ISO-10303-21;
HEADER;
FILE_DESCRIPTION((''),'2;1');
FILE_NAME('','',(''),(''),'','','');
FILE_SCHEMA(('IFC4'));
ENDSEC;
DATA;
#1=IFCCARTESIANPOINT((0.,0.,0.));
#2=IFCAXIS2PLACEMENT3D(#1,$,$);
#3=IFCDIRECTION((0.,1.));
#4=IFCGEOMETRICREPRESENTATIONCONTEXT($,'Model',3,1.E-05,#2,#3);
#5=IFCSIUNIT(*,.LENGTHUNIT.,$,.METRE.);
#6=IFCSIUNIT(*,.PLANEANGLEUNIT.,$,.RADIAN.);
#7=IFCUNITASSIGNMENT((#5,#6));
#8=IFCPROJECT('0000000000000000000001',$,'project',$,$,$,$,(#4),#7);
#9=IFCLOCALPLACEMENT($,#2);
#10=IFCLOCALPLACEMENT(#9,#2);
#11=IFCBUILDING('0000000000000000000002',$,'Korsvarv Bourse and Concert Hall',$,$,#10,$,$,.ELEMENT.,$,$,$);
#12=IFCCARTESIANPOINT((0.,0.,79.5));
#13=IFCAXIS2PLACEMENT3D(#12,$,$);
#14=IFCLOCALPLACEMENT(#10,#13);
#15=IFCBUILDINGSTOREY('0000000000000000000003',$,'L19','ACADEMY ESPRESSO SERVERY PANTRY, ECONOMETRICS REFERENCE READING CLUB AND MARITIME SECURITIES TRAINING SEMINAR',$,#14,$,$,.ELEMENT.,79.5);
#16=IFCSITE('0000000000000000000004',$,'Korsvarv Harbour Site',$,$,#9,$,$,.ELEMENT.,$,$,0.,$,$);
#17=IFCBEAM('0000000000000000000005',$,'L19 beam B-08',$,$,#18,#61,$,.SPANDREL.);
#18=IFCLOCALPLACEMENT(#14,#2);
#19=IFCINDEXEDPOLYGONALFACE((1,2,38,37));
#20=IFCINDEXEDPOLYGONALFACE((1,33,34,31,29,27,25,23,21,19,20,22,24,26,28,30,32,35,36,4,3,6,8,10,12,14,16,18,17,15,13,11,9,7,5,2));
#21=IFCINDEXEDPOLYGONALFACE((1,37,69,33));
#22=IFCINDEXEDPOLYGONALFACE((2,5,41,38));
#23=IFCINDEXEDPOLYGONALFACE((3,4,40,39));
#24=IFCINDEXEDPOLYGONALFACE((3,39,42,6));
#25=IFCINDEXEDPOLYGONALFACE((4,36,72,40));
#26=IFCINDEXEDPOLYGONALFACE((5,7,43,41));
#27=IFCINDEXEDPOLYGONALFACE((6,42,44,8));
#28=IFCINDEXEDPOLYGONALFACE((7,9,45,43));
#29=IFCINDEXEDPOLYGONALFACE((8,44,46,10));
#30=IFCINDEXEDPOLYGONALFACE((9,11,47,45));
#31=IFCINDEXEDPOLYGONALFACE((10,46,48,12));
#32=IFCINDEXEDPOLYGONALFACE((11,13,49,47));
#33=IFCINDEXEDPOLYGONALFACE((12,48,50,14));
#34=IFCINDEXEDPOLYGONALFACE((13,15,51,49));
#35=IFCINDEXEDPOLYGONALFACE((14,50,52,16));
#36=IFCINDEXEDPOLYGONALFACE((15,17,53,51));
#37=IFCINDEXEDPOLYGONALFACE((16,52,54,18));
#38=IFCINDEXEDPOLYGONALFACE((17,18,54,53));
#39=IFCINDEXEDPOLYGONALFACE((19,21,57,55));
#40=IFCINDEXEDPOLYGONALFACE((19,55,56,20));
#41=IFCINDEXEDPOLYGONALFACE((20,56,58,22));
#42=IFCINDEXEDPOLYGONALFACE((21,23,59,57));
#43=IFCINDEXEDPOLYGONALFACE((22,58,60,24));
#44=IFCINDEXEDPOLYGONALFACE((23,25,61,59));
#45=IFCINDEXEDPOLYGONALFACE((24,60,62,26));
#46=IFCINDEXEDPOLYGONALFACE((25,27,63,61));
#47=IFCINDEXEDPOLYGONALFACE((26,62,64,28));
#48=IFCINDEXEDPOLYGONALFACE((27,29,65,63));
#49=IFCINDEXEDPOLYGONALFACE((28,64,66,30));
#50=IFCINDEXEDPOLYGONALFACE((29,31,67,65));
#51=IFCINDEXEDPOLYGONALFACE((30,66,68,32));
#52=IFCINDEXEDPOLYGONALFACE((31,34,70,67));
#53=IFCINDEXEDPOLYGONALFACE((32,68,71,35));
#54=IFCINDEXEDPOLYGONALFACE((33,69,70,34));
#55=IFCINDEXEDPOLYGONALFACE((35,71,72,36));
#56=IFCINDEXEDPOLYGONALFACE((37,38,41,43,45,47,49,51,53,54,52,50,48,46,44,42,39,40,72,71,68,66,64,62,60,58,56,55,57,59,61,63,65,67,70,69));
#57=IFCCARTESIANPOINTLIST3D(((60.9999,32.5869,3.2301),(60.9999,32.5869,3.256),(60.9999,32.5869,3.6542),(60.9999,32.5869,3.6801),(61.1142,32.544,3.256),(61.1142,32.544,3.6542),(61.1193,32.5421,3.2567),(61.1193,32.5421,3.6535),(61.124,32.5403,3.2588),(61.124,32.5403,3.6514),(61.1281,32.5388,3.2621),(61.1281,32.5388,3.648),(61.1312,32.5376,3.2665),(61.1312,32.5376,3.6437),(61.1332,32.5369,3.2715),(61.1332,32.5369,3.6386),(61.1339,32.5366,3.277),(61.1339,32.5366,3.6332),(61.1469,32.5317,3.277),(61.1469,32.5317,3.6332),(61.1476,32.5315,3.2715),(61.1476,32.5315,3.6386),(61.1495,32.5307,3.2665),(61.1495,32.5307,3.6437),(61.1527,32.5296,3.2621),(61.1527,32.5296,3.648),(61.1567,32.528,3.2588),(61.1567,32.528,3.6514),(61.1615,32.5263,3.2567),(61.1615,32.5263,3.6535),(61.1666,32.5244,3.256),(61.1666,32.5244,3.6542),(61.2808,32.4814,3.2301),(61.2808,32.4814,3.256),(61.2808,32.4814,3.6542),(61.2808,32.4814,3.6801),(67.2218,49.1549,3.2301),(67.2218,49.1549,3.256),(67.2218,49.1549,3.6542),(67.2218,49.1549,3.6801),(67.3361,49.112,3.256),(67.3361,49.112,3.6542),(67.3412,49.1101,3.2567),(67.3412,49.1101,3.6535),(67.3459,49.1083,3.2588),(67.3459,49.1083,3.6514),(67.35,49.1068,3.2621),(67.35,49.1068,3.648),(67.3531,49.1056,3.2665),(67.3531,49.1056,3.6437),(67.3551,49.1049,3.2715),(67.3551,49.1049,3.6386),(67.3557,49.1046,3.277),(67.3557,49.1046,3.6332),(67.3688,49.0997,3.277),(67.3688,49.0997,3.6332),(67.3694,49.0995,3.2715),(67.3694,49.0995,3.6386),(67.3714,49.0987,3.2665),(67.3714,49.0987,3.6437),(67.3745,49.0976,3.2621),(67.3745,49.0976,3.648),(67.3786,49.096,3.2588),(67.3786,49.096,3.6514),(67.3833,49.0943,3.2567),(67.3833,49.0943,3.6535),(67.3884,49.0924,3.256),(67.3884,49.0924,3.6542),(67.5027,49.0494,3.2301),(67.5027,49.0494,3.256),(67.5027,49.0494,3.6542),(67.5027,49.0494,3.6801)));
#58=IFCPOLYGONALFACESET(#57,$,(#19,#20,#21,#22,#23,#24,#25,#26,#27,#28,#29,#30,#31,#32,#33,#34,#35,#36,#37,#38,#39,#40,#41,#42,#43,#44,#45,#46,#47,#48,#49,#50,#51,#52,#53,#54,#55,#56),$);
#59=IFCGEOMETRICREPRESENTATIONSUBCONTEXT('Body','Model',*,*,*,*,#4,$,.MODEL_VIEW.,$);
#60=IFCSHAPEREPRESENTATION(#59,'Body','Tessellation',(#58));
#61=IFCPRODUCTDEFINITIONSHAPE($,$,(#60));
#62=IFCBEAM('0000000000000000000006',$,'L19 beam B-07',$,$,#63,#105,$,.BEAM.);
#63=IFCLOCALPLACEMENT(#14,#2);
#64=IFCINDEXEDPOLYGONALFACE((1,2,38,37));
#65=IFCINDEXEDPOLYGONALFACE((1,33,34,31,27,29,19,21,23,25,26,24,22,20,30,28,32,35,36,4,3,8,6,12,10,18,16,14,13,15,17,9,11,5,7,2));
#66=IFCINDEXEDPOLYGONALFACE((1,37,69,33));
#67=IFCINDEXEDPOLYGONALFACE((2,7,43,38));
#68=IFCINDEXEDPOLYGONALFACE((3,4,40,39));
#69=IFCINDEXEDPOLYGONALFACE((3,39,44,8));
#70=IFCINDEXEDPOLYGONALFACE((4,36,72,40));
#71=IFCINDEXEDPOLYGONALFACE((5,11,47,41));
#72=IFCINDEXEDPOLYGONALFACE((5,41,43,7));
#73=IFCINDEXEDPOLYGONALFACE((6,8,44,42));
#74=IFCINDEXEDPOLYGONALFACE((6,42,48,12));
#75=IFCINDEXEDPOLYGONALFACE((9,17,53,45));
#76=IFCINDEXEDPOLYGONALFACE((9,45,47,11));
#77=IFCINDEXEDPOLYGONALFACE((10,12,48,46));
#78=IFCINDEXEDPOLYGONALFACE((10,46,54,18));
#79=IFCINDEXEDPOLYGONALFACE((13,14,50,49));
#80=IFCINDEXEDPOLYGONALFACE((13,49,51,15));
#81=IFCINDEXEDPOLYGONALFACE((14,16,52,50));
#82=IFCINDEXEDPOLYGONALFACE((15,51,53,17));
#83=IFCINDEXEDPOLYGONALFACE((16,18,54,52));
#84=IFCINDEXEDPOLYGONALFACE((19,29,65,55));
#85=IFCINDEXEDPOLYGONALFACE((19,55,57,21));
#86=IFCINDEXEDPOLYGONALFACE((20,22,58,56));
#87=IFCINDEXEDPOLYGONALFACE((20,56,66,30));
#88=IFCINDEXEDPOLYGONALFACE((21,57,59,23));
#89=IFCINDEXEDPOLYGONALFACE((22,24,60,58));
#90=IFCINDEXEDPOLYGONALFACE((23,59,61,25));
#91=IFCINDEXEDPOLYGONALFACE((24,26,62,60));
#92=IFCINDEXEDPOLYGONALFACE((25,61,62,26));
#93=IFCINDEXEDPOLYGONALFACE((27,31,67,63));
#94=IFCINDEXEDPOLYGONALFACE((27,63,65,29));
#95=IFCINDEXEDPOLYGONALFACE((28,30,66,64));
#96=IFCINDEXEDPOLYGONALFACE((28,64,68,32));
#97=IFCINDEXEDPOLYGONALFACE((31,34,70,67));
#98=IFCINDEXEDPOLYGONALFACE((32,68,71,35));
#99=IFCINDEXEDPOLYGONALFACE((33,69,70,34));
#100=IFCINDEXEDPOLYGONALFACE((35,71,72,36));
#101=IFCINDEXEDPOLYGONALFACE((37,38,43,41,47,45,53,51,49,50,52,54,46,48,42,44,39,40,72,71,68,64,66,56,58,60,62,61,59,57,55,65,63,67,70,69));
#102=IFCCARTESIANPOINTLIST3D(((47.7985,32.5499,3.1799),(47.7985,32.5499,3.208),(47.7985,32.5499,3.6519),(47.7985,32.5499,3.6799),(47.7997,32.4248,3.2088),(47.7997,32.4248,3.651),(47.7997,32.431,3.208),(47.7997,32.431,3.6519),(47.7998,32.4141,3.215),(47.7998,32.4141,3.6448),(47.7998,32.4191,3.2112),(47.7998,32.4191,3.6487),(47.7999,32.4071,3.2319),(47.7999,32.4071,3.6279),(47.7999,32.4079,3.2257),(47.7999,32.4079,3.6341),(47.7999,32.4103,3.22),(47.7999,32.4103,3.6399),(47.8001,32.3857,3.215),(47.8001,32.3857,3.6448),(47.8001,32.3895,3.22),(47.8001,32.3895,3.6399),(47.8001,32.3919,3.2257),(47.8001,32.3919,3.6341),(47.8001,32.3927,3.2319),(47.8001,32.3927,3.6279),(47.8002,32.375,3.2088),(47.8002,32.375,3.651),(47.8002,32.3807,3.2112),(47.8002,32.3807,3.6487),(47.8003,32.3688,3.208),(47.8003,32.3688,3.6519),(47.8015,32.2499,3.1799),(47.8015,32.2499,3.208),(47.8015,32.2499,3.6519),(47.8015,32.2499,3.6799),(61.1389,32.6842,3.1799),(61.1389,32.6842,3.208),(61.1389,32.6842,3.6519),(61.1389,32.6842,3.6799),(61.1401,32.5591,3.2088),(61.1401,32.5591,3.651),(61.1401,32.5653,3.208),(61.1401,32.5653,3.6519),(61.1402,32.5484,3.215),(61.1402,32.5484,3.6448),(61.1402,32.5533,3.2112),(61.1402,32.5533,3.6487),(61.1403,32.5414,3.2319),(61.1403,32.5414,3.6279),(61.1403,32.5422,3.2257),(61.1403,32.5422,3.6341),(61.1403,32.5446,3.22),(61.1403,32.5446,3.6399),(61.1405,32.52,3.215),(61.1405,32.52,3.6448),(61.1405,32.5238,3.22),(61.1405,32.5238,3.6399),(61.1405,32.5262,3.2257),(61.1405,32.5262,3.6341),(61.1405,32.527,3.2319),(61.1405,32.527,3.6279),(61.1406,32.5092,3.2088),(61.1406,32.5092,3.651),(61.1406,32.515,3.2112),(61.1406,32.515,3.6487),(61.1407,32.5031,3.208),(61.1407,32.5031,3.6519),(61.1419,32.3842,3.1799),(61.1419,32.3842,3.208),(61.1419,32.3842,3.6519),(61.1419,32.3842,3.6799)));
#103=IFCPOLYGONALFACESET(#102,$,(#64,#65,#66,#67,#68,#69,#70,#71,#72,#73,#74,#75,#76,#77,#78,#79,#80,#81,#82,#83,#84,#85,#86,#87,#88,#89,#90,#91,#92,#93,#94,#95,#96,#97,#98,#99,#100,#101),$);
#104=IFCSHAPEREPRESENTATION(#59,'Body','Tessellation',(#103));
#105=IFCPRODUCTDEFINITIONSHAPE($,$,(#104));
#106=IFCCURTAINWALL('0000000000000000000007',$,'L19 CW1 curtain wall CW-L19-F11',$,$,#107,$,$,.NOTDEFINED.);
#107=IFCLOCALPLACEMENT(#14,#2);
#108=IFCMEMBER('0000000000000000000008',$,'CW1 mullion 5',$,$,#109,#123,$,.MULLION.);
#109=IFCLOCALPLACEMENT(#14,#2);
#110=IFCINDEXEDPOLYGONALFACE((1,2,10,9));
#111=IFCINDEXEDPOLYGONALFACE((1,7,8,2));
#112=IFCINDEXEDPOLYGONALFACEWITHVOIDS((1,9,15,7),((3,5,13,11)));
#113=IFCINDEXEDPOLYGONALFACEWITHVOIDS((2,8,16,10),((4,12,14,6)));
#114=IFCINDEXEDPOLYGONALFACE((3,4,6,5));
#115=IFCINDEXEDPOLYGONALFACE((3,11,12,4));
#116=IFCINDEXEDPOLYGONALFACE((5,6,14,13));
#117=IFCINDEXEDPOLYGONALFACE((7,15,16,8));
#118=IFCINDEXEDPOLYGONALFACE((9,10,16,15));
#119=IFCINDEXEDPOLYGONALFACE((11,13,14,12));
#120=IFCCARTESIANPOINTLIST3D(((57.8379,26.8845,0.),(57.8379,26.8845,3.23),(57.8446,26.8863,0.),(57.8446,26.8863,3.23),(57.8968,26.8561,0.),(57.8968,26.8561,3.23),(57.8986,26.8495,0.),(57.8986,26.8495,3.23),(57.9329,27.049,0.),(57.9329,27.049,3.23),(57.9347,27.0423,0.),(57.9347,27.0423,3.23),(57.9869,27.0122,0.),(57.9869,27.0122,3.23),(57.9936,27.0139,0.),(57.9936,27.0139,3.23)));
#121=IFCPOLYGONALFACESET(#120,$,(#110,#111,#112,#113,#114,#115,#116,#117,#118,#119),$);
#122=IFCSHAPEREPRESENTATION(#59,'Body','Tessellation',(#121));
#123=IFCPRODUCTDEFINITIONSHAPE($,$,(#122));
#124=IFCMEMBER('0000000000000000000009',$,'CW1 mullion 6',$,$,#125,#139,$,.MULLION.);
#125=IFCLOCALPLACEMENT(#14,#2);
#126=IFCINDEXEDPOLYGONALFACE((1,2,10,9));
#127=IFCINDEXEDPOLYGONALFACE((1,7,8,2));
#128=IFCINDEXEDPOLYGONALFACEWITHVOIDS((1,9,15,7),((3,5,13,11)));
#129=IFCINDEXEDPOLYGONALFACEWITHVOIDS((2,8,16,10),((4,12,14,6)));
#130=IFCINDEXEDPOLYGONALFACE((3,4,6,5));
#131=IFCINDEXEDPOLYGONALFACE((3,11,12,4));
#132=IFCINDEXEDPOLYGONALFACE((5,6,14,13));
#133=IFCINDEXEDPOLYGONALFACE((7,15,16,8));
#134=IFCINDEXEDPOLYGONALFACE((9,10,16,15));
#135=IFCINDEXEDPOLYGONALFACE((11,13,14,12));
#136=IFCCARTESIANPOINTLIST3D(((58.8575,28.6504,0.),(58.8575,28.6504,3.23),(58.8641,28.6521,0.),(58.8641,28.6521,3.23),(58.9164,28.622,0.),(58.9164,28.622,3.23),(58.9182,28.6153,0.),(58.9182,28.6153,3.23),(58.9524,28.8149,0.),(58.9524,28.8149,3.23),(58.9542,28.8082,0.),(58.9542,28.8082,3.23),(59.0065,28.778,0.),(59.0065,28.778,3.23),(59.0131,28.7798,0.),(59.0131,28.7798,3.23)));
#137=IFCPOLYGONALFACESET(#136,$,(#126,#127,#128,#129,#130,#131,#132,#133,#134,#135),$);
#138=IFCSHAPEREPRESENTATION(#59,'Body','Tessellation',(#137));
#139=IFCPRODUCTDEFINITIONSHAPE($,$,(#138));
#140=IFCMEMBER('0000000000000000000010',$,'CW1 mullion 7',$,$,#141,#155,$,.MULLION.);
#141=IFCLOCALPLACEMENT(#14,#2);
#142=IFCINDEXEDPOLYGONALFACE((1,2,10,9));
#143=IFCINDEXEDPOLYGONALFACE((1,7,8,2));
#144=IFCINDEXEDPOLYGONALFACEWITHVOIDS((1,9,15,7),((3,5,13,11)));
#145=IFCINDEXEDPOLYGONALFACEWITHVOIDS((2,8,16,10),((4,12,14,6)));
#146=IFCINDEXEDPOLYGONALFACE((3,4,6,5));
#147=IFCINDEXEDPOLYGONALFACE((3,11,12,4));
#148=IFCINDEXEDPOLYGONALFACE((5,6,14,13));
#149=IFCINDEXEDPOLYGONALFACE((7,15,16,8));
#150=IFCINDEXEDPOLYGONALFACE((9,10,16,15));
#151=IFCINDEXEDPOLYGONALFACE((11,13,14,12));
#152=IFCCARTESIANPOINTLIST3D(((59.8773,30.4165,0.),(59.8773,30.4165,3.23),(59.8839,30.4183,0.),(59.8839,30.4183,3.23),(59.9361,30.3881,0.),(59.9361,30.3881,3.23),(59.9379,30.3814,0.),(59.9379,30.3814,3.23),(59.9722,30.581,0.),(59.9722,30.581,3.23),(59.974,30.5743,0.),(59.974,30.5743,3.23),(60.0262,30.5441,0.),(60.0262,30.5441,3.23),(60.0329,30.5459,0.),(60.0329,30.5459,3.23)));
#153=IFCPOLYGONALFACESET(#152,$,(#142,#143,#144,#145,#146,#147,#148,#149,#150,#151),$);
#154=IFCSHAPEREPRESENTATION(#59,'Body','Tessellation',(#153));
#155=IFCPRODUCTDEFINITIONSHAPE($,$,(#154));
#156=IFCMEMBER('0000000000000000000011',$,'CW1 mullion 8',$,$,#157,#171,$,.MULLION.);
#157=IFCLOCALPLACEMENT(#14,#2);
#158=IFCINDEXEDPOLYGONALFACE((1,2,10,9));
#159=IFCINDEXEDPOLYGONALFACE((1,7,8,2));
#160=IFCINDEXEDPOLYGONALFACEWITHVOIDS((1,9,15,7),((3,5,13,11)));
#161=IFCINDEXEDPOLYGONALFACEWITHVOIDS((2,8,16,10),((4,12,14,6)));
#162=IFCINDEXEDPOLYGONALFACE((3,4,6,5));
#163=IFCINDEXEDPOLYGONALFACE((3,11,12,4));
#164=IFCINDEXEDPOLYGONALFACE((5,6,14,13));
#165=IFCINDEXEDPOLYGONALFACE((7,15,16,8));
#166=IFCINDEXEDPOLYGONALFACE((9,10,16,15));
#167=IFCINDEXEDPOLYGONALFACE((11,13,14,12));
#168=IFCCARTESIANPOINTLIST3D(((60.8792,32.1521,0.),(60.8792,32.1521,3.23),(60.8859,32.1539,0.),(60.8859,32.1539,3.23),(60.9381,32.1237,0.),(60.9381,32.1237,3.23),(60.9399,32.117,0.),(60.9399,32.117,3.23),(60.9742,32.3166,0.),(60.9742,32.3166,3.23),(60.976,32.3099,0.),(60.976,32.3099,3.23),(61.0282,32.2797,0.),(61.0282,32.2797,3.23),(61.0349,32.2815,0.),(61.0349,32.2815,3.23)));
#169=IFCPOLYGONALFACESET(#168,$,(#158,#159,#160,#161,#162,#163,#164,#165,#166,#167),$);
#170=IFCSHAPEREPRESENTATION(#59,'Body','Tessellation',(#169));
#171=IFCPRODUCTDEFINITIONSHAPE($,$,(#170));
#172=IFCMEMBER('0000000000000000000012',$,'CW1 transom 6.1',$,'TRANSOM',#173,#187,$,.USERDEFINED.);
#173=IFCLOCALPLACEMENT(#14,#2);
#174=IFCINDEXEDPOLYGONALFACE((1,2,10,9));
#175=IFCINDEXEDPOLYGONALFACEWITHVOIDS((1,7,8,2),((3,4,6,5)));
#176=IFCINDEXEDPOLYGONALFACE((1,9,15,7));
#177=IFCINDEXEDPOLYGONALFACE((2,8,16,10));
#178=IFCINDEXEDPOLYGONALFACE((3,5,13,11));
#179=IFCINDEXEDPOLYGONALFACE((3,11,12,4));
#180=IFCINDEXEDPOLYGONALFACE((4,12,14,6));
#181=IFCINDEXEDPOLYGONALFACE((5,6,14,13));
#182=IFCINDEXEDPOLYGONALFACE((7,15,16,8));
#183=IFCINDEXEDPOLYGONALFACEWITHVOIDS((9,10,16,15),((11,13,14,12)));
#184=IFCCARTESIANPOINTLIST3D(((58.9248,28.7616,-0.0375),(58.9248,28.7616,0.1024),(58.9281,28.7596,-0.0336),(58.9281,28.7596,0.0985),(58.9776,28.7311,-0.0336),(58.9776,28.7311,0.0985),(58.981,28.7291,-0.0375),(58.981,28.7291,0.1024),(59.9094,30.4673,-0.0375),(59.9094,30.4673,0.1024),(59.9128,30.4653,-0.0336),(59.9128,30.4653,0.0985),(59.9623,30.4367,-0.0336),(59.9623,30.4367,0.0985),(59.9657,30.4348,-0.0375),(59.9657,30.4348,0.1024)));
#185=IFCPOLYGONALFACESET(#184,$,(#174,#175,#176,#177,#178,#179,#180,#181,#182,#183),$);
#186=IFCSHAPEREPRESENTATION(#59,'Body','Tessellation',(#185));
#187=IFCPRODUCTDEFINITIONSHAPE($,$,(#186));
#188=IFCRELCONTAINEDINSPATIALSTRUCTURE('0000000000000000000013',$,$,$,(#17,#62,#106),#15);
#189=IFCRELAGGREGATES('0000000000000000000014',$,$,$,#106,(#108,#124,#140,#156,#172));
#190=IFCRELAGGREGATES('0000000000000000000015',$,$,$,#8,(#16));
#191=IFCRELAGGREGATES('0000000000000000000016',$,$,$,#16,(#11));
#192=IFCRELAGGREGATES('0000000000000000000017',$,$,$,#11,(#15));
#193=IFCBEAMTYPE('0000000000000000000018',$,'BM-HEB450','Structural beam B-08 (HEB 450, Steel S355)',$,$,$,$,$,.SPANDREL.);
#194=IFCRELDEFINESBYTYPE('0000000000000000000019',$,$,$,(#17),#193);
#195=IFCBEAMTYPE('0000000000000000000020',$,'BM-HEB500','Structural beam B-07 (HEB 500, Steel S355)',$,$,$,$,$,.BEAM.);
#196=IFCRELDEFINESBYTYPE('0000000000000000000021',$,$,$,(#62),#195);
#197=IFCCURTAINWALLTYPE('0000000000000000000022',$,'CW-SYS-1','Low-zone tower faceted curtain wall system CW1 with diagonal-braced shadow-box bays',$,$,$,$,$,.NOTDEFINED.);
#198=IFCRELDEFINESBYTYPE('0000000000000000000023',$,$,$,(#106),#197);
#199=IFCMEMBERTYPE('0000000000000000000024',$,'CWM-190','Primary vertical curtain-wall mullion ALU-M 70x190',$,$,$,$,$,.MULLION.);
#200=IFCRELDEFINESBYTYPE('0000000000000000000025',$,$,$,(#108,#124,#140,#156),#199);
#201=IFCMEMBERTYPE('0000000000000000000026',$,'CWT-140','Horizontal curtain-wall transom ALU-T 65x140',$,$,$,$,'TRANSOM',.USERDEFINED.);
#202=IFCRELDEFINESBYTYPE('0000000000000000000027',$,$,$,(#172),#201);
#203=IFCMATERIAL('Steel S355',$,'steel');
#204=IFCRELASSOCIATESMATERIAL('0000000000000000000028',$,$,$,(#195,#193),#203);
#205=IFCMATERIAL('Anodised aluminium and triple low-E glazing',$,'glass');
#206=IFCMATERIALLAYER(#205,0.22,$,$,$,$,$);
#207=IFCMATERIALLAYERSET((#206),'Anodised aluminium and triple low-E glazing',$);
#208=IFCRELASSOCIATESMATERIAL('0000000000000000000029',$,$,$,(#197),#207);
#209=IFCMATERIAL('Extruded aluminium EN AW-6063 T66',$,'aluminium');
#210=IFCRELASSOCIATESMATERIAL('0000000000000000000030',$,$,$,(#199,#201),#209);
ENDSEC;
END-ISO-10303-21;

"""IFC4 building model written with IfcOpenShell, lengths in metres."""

from ifc_helpers import new_model, si_unit, direction, frame, origin, origin_2d, place, context, subcontext, project, spatial, hollow_rectangle, i_section, extrude, source, transform, mapped, material, layer, layer_set, material_profile, profile_set, type_object, element, aggregate, save


model = new_model("IFC4")

# Units and contexts
model_context = context("Model", 3, precision=1e-05, world=origin(), true_north=direction((0.0, 1.0)))
body_context = subcontext(model_context, "Body", "Model", "MODEL_VIEW")
ifc_project = project(units=[si_unit("LENGTHUNIT", "METRE"), si_unit("PLANEANGLEUNIT", "RADIAN")], contexts=[model_context])

# Site, building, storey
site_placement = place(None, origin())
site = spatial("IfcSite", under=ifc_project, at=site_placement, Name="Korsvarv Harbour Site", CompositionType="ELEMENT", RefElevation=0.0)
building_placement = place(site_placement, origin())
building = spatial("IfcBuilding", under=site, at=building_placement, Name="Korsvarv Bourse and Concert Hall", CompositionType="ELEMENT")
storey_placement = place(building_placement, frame((0.0, 0.0, 79.5)))
storey = spatial("IfcBuildingStorey", under=building, at=storey_placement, Name="L19", Description="ACADEMY ESPRESSO SERVERY PANTRY, ECONOMETRICS REFERENCE READING CLUB AND MARITIME SECURITIES TRAINING SEMINAR", CompositionType="ELEMENT", Elevation=79.5)

# Beams
ifc_material_1 = material(Name="Steel S355", Category="steel")
ifc_material_profile_1 = material_profile(ifc_material_1, i_section(OverallWidth=0.3, OverallDepth=0.5, WebThickness=0.0144, FlangeThickness=0.0281, FilletRadius=0.0239, at=origin_2d()), Name="HEB 500")
ifc_profile_set_1 = profile_set([ifc_material_profile_1], Name="Steel S355")
beam_type_1 = type_object("IfcBeamType", Name="BM-HEB500", Description="Structural beam B-07 (HEB 500, Steel S355)", PredefinedType="BEAM", material=ifc_profile_set_1)
ifc_material_profile_2 = material_profile(ifc_material_1, i_section(OverallWidth=0.3, OverallDepth=0.45, WebThickness=0.0139, FlangeThickness=0.0259, FilletRadius=0.021, at=origin_2d()), Name="HEB 450")
ifc_profile_set_2 = profile_set([ifc_material_profile_2], Name="Steel S355")
beam_type_2 = type_object("IfcBeamType", Name="BM-HEB450", Description="Structural beam B-08 (HEB 450, Steel S355)", PredefinedType="SPANDREL", material=ifc_profile_set_2)
shared_shape_1 = source(origin(), body_context, "Body", "SweptSolid", [
    extrude(i_section(OverallWidth=0.3, OverallDepth=0.45, WebThickness=0.0139, FlangeThickness=0.0259, FilletRadius=0.021, at=origin_2d()), origin(), (0.0, 0.0, 1.0), 17.6978),
])
beam_1_placement = place(storey_placement, frame((61.1404, 32.5342, 3.4551), z_axis=(0.351563, 0.936164, 0.0), x_axis=(-0.936164, 0.351563, 0.0)))
element("IfcBeam", 1, at=beam_1_placement, inside=storey, type_object=beam_type_2, Name="L19 beam B-08", PredefinedType="SPANDREL", context=body_context, shape_type="MappedRepresentation", body=[
    mapped(shared_shape_1, transform((0.0, 0.0, 0.0), scale=1.0)),
])
shared_shape_2 = source(origin(), body_context, "Body", "SweptSolid", [
    extrude(i_section(OverallWidth=0.3, OverallDepth=0.5, WebThickness=0.0144, FlangeThickness=0.0281, FilletRadius=0.0239, at=origin_2d()), origin(), (0.0, 0.0, 1.0), 13.3411),
])
beam_2_placement = place(storey_placement, frame((61.1404, 32.5342, 3.4299), z_axis=(-0.999949, -0.010065, 0.0), x_axis=(0.010065, -0.999949, 0.0)))
element("IfcBeam", 2, at=beam_2_placement, inside=storey, type_object=beam_type_1, Name="L19 beam B-07", PredefinedType="BEAM", context=body_context, shape_type="MappedRepresentation", body=[
    mapped(shared_shape_2, transform((0.0, 0.0, 0.0), scale=1.0)),
])

# Curtain wall, members
ifc_material_2 = material(Name="Anodised aluminium and triple low-E glazing", Category="glass")
ifc_layer_1 = layer(ifc_material_2, 0.22)
ifc_layer_set_1 = layer_set([ifc_layer_1], Name="Anodised aluminium and triple low-E glazing")
curtain_wall_type = type_object("IfcCurtainWallType", Name="CW-SYS-1", Description="Low-zone tower faceted curtain wall system CW1 with diagonal-braced shadow-box bays", PredefinedType="NOTDEFINED", material=ifc_layer_set_1)
curtain_wall_placement = place(storey_placement, origin())
curtain_wall = element("IfcCurtainWall", 3, at=curtain_wall_placement, inside=storey, type_object=curtain_wall_type, Name="L19 CW1 curtain wall CW-L19-F11", PredefinedType="NOTDEFINED")
ifc_material_3 = material(Name="Extruded aluminium EN AW-6063 T66", Category="aluminium")
ifc_material_profile_3 = material_profile(ifc_material_3, hollow_rectangle(XDim=0.0701, YDim=0.1899, WallThickness=0.0049, at=origin_2d()), Name="ALU-M 70x190")
ifc_profile_set_3 = profile_set([ifc_material_profile_3], Name="Extruded aluminium EN AW-6063 T66")
member_type_1 = type_object("IfcMemberType", Name="CWM-190", Description="Primary vertical curtain-wall mullion ALU-M 70x190", PredefinedType="MULLION", material=ifc_profile_set_3)
shared_shape_3 = source(origin(), body_context, "Body", "SweptSolid", [
    extrude(hollow_rectangle(XDim=0.0701, YDim=0.1899, WallThickness=0.0049, at=origin_2d()), origin(), (0.0, 0.0, 1.0), 3.23),
])
member_1_placement = place(storey_placement, frame((57.9158, 26.9492, 0.0), z_axis=(0.0, 0.0, 1.0), x_axis=(-0.866024, 0.500002, 0.0)))
member_1 = element("IfcMember", 4, at=member_1_placement, type_object=member_type_1, Name="CW1 mullion 5", PredefinedType="MULLION", context=body_context, shape_type="MappedRepresentation", body=[
    mapped(shared_shape_3, transform((0.0, 0.0, 0.0), scale=1.0)),
])
member_2_placement = place(storey_placement, frame((58.9353, 28.7151, 0.0), z_axis=(0.0, 0.0, 1.0), x_axis=(-0.866024, 0.500002, 0.0)))
member_2 = element("IfcMember", 5, at=member_2_placement, type_object=member_type_1, Name="CW1 mullion 6", PredefinedType="MULLION", context=body_context, shape_type="MappedRepresentation", body=[
    mapped(shared_shape_3, transform((0.0, 0.0, 0.0), scale=1.0)),
])
member_3_placement = place(storey_placement, frame((59.9551, 30.4812, 0.0), z_axis=(0.0, 0.0, 1.0), x_axis=(-0.866024, 0.500002, 0.0)))
member_3 = element("IfcMember", 6, at=member_3_placement, type_object=member_type_1, Name="CW1 mullion 7", PredefinedType="MULLION", context=body_context, shape_type="MappedRepresentation", body=[
    mapped(shared_shape_3, transform((0.0, 0.0, 0.0), scale=1.0)),
])
member_4_placement = place(storey_placement, frame((60.957, 32.2168, 0.0), z_axis=(0.0, 0.0, 1.0), x_axis=(-0.866024, 0.500002, 0.0)))
member_4 = element("IfcMember", 7, at=member_4_placement, type_object=member_type_1, Name="CW1 mullion 8", PredefinedType="MULLION", context=body_context, shape_type="MappedRepresentation", body=[
    mapped(shared_shape_3, transform((0.0, 0.0, 0.0), scale=1.0)),
])
ifc_material_profile_4 = material_profile(ifc_material_3, hollow_rectangle(XDim=0.0649, YDim=0.1399, WallThickness=0.0039, at=origin_2d()), Name="ALU-T 65x140")
ifc_profile_set_4 = profile_set([ifc_material_profile_4], Name="Extruded aluminium EN AW-6063 T66")
member_type_2 = type_object("IfcMemberType", Name="CWT-140", Description="Horizontal curtain-wall transom ALU-T 65x140", ElementType="TRANSOM", PredefinedType="USERDEFINED", material=ifc_profile_set_4)
shared_shape_4 = source(origin(), body_context, "Body", "SweptSolid", [
    extrude(hollow_rectangle(XDim=0.0649, YDim=0.1399, WallThickness=0.0039, at=origin_2d()), origin(), (0.0, 0.0, 1.0), 1.9695),
])
member_5_placement = place(storey_placement, frame((58.9529, 28.7454, 0.0325), z_axis=(0.499966, 0.866045, 0.0), x_axis=(-0.866045, 0.499966, 0.0)))
member_5 = element("IfcMember", 8, at=member_5_placement, type_object=member_type_2, Name="CW1 transom 6.1", ObjectType="TRANSOM", PredefinedType="USERDEFINED", context=body_context, shape_type="MappedRepresentation", body=[
    mapped(shared_shape_4, transform((0.0, 0.0, 0.0), scale=1.0)),
])
aggregate(curtain_wall, [member_1, member_2, member_3, member_4, member_5])

save(model, "model.ifc")
